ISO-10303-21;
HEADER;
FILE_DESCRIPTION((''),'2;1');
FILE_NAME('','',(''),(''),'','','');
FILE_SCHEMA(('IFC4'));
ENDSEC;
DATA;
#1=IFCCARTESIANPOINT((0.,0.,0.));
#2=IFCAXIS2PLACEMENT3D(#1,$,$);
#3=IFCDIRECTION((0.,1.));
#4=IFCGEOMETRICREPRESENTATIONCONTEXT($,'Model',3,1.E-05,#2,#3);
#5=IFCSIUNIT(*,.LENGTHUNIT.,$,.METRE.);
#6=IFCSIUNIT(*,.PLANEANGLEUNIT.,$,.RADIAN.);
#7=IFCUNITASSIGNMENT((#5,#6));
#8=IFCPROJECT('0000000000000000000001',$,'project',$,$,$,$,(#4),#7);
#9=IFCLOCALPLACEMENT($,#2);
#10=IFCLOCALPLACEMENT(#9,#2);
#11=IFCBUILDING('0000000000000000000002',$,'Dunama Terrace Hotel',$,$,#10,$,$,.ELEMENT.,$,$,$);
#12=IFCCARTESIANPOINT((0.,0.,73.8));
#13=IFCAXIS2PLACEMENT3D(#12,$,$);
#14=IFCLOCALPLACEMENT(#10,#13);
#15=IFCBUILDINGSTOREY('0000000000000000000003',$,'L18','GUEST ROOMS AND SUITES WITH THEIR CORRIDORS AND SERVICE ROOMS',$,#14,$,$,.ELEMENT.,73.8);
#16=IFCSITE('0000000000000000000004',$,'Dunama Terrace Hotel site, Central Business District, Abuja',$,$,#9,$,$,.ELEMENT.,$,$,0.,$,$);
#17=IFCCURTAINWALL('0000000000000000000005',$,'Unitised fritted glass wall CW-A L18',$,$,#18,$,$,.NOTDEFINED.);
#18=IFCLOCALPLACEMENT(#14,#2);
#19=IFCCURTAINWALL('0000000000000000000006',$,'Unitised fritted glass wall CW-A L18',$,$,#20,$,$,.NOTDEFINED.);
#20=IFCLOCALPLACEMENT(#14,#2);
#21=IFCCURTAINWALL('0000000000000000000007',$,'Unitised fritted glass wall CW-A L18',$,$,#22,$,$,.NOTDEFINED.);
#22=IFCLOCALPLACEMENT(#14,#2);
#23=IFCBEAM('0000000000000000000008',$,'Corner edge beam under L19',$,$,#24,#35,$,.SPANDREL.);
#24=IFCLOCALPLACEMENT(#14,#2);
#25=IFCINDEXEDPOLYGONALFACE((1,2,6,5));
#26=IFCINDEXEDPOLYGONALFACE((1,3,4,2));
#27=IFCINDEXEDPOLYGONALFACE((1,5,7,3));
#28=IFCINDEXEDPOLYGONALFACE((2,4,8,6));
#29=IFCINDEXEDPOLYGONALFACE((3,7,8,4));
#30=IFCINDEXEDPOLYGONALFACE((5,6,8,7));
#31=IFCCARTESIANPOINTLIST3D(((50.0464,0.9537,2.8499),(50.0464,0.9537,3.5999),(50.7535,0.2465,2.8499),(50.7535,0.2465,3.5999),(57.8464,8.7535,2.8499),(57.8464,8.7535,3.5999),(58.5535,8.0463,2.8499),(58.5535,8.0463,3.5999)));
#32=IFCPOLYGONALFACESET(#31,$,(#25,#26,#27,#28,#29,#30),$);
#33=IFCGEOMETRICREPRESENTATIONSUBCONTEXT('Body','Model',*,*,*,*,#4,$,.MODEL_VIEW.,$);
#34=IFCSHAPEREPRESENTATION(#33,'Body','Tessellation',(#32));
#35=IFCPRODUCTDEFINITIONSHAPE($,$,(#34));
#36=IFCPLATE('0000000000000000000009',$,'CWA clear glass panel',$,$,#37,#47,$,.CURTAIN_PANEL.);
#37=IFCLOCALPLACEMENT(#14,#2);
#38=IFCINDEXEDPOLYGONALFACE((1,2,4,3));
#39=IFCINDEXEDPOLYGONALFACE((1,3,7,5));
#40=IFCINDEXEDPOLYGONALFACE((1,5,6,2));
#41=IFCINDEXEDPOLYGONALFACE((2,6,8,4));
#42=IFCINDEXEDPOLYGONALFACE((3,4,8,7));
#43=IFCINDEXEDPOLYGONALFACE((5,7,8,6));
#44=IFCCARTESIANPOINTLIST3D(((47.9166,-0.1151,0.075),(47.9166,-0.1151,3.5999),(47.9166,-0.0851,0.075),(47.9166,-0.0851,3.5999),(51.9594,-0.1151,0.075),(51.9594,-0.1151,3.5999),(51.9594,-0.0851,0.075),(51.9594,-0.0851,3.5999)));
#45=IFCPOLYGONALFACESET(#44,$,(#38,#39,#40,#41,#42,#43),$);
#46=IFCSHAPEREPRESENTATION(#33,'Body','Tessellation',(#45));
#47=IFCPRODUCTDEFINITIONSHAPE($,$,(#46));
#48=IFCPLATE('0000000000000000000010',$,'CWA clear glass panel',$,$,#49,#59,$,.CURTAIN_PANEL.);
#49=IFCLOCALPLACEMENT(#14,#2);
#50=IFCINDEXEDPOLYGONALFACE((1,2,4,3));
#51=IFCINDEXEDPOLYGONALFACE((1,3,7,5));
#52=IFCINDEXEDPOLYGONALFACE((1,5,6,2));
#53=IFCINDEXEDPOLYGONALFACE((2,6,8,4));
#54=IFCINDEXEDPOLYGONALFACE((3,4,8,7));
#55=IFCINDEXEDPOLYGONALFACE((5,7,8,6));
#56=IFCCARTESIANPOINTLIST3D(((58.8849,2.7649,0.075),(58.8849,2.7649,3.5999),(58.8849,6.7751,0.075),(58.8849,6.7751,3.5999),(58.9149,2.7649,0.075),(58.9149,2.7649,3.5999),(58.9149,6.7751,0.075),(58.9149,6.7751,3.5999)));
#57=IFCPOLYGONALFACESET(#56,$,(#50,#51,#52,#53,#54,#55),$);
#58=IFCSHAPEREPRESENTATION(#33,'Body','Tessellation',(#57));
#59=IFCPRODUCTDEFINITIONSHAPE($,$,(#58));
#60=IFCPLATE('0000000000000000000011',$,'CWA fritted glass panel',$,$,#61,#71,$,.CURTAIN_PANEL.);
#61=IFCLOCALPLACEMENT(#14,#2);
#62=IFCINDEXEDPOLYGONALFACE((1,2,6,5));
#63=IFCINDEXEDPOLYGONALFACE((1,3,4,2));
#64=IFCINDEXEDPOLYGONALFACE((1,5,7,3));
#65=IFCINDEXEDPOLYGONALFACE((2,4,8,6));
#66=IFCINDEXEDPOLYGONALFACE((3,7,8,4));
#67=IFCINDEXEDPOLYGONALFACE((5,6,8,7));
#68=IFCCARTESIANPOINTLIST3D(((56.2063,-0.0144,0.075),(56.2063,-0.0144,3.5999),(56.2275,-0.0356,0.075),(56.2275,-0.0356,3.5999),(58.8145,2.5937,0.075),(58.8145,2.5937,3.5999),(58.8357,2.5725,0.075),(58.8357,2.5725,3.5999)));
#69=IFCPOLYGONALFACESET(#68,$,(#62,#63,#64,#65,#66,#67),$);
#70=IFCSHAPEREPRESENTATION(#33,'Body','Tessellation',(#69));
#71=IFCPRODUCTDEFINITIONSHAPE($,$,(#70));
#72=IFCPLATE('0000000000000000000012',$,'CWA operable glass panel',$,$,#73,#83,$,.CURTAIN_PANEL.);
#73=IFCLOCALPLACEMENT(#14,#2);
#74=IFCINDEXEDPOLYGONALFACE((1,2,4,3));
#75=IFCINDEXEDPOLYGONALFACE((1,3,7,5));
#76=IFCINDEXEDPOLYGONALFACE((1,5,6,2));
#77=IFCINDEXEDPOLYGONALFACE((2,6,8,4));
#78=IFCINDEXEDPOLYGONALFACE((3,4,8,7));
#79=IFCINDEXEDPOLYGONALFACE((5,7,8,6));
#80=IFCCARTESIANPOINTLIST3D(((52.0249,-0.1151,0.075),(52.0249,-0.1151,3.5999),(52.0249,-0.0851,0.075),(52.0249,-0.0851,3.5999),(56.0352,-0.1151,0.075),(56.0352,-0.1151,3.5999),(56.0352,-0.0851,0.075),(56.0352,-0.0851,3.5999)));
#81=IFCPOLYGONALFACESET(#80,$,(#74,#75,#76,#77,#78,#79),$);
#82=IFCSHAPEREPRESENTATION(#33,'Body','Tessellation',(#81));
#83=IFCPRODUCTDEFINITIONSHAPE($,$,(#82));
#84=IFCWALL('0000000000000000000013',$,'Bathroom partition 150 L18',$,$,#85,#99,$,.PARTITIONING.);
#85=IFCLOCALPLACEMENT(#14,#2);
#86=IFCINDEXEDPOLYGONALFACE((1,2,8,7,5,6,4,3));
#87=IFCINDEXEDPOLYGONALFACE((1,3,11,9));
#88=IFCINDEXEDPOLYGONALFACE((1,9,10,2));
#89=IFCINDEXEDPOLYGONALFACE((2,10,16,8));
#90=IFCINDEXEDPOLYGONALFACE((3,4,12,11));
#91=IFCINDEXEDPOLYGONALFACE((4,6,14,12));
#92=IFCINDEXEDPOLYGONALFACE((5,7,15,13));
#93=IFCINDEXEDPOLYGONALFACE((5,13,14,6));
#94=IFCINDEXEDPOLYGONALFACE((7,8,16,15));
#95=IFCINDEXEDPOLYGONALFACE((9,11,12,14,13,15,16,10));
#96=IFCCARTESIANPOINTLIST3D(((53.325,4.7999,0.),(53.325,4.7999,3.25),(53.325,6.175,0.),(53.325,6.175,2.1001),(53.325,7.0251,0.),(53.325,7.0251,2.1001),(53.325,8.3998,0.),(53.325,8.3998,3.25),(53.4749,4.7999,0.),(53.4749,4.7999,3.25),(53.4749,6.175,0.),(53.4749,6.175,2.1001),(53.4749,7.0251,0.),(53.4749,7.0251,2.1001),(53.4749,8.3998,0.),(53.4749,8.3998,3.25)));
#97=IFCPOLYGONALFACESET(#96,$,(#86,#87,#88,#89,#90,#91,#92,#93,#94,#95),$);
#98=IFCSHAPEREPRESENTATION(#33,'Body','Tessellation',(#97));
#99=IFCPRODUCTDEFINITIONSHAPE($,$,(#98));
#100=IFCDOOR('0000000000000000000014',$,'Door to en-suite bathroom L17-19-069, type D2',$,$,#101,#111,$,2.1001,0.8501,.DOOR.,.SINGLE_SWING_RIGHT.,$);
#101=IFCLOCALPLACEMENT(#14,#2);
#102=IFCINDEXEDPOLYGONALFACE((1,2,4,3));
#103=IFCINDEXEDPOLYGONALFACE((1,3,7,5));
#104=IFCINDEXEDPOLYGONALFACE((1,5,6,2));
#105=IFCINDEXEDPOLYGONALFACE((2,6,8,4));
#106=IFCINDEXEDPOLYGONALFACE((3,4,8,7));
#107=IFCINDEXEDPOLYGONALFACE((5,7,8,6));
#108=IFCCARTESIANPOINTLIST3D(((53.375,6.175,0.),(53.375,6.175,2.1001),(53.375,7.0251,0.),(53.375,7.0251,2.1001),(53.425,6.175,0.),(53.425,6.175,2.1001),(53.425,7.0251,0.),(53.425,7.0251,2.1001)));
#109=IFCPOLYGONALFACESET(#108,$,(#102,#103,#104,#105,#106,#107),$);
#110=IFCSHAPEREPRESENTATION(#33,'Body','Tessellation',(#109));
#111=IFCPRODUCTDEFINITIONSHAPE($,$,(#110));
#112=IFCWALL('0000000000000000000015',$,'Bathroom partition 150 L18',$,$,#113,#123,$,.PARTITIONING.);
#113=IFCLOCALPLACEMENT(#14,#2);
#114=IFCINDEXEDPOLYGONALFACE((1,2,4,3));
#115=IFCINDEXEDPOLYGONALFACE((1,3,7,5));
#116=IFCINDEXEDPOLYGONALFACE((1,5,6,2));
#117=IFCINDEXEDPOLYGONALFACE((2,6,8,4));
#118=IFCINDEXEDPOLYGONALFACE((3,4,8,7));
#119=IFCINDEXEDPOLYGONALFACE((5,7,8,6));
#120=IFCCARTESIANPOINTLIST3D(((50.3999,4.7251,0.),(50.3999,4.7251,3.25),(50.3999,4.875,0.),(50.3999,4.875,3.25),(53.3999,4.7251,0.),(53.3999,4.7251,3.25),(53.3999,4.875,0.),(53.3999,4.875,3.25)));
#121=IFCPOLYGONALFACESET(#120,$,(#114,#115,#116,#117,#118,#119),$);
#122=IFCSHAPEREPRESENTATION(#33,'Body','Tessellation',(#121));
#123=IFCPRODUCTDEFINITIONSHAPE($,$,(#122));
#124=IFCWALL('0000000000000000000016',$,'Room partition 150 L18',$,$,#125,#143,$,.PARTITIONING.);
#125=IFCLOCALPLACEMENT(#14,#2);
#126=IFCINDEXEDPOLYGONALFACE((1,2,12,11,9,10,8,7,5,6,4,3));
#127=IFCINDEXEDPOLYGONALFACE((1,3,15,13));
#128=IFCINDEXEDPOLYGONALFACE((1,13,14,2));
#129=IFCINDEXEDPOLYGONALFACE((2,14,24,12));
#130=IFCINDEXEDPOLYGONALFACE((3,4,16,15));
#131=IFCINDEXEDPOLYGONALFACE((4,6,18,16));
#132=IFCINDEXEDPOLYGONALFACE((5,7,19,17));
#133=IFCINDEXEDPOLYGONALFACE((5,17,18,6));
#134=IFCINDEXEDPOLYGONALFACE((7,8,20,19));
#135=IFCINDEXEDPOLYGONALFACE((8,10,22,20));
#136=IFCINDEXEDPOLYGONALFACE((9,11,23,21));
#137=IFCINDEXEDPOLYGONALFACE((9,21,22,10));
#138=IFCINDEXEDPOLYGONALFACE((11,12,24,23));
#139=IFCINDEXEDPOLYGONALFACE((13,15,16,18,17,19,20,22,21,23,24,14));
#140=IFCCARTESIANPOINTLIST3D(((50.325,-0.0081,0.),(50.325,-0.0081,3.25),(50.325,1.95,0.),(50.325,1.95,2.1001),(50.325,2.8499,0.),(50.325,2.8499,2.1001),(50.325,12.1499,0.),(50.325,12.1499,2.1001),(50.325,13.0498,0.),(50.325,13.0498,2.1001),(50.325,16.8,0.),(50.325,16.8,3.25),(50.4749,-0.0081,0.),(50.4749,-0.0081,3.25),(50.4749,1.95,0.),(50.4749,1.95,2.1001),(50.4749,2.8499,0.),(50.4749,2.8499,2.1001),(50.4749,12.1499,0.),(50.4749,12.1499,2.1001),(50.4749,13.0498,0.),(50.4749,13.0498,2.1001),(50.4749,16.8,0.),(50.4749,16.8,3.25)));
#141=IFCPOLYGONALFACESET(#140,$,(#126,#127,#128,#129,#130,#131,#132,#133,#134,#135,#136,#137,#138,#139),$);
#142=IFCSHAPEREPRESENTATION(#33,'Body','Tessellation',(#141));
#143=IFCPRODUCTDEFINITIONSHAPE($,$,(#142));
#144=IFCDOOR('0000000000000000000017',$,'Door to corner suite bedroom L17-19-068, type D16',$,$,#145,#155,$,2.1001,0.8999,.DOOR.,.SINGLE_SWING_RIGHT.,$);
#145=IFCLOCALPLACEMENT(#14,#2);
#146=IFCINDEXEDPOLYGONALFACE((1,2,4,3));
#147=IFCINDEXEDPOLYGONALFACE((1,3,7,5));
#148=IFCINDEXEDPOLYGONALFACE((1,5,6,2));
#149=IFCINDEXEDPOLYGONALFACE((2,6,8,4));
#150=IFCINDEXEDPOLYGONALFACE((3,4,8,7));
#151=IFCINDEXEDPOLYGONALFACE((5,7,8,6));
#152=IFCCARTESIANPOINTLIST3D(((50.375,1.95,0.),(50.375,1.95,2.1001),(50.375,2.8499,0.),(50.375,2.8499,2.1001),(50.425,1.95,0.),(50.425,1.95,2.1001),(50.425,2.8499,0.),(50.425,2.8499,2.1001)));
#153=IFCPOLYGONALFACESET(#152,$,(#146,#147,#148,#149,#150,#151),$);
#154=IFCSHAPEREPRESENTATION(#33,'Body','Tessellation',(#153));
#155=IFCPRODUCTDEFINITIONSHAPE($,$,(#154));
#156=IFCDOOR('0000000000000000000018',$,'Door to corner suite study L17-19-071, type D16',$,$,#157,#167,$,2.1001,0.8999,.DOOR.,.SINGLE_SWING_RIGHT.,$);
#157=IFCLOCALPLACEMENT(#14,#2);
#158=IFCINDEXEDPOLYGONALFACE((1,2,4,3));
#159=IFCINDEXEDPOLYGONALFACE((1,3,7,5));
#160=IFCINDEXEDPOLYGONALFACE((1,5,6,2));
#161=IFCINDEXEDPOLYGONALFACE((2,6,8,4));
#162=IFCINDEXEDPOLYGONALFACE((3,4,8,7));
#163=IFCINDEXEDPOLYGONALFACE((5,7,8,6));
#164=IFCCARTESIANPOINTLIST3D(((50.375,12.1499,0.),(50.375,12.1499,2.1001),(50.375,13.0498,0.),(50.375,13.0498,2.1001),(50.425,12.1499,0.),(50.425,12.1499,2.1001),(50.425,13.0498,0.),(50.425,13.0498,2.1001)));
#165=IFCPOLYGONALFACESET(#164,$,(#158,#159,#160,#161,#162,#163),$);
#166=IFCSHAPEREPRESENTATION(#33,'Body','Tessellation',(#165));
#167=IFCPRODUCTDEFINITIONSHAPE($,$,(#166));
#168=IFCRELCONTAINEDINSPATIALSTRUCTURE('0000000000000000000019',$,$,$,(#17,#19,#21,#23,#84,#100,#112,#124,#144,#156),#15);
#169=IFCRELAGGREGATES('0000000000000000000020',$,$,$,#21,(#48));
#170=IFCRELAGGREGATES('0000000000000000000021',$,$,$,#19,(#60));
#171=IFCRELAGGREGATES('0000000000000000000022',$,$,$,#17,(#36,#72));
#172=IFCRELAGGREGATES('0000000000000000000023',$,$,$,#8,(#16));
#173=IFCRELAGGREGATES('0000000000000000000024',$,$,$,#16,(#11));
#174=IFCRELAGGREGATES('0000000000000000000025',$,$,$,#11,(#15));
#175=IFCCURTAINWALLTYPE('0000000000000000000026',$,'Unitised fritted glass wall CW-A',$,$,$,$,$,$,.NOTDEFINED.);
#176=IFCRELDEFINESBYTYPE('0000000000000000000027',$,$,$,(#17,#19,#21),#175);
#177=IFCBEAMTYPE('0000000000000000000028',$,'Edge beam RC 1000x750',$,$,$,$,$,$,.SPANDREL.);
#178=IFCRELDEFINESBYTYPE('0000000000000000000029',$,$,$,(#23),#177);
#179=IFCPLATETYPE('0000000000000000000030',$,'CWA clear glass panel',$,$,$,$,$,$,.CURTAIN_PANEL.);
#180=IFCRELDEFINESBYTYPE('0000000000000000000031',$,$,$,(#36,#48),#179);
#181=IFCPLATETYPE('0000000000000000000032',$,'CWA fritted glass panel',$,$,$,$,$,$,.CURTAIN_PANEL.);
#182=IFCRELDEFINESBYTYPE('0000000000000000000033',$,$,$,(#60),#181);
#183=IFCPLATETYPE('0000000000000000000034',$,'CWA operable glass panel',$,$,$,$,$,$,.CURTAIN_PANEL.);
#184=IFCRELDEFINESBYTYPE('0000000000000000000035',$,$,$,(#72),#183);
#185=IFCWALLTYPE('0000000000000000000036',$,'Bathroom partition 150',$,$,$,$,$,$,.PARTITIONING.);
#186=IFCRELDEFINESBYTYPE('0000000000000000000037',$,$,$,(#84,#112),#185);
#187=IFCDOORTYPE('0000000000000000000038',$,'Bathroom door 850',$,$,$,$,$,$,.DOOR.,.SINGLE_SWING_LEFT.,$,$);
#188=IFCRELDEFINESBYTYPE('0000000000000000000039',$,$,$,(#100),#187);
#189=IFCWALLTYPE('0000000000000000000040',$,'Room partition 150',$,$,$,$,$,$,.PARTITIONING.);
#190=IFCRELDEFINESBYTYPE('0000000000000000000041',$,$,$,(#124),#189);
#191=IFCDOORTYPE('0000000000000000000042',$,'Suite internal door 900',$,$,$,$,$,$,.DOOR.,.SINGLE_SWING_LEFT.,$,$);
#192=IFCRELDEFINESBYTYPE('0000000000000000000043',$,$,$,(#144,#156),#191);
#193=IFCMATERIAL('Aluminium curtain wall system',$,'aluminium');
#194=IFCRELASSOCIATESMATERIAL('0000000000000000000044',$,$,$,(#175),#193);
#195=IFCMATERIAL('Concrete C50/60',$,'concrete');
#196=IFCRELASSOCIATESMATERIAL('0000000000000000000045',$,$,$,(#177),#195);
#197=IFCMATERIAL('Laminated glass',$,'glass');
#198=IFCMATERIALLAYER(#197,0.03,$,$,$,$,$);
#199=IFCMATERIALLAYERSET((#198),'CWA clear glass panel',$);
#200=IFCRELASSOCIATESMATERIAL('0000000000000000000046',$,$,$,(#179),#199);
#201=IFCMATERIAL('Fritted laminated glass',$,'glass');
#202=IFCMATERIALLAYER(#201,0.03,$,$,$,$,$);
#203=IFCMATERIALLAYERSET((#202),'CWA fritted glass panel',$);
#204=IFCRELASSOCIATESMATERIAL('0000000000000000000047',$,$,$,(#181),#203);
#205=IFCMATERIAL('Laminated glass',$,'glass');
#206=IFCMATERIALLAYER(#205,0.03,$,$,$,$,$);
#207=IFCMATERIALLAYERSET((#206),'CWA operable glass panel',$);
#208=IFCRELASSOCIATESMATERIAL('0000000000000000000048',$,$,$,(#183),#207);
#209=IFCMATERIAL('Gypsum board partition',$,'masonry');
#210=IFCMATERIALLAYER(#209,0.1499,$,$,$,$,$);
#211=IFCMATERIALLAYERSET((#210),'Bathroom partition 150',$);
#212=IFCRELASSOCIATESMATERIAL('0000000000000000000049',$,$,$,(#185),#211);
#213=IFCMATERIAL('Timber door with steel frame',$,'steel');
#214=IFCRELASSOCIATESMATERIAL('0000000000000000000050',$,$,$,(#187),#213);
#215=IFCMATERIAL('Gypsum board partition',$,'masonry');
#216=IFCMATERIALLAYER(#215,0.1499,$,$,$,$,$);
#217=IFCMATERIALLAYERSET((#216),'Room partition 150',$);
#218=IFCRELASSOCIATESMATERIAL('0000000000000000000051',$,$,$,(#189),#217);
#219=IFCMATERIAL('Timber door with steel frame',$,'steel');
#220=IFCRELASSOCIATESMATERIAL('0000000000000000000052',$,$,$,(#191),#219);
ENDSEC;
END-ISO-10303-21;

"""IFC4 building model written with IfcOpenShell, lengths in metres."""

from ifc_helpers import new_model, si_unit, direction, frame, frame_2d, origin, origin_2d, place, context, subcontext, project, spatial, rectangle, extrude, material, layer, layer_set, material_profile, profile_set, type_object, element, fill, aggregate, save


model = new_model("IFC4")

# Units and contexts
model_context = context("Model", 3, precision=1e-05, world=origin(), true_north=direction((0.0, 1.0)))
body_context = subcontext(model_context, "Body", "Model", "MODEL_VIEW")
ifc_project = project(units=[si_unit("LENGTHUNIT", "METRE"), si_unit("PLANEANGLEUNIT", "RADIAN")], contexts=[model_context])

# Site, building, storey
site_placement = place(None, origin())
site = spatial("IfcSite", under=ifc_project, at=site_placement, Name="Dunama Terrace Hotel site, Central Business District, Abuja", CompositionType="ELEMENT", RefElevation=0.0)
building_placement = place(site_placement, origin())
building = spatial("IfcBuilding", under=site, at=building_placement, Name="Dunama Terrace Hotel", CompositionType="ELEMENT")
storey_placement = place(building_placement, frame((0.0, 0.0, 73.8)))
storey = spatial("IfcBuildingStorey", under=building, at=storey_placement, Name="L18", Description="GUEST ROOMS AND SUITES WITH THEIR CORRIDORS AND SERVICE ROOMS", CompositionType="ELEMENT", Elevation=73.8)

# Curtain walls
ifc_material_1 = material(Name="Aluminium curtain wall system", Category="aluminium")
curtain_wall_type = type_object("IfcCurtainWallType", Name="Unitised fritted glass wall CW-A", PredefinedType="NOTDEFINED", material=ifc_material_1)
curtain_wall_1_placement = place(storey_placement, origin())
curtain_wall_1 = element("IfcCurtainWall", 1, at=curtain_wall_1_placement, inside=storey, type_object=curtain_wall_type, Name="Unitised fritted glass wall CW-A L18", PredefinedType="NOTDEFINED")
curtain_wall_2_placement = place(storey_placement, origin())
curtain_wall_2 = element("IfcCurtainWall", 2, at=curtain_wall_2_placement, inside=storey, type_object=curtain_wall_type, Name="Unitised fritted glass wall CW-A L18", PredefinedType="NOTDEFINED")
curtain_wall_3_placement = place(storey_placement, origin())
curtain_wall_3 = element("IfcCurtainWall", 3, at=curtain_wall_3_placement, inside=storey, type_object=curtain_wall_type, Name="Unitised fritted glass wall CW-A L18", PredefinedType="NOTDEFINED")

# Beam
ifc_material_2 = material(Name="Concrete C50/60", Category="concrete")
ifc_material_profile_1 = material_profile(ifc_material_2, rectangle(XDim=1.0, YDim=0.75, at=origin_2d()), Name="RC 1000x750")
ifc_profile_set_1 = profile_set([ifc_material_profile_1], Name="Concrete C50/60")
beam_type = type_object("IfcBeamType", Name="Edge beam RC 1000x750", PredefinedType="SPANDREL", material=ifc_profile_set_1)
beam_placement = place(storey_placement, frame((50.3999, 0.6001, 3.2249), z_axis=(0.707118, 0.707096, 0.0), x_axis=(-0.707096, 0.707118, 0.0)))
element("IfcBeam", 4, at=beam_placement, inside=storey, type_object=beam_type, Name="Corner edge beam under L19", PredefinedType="SPANDREL", context=body_context, shape_type="SweptSolid", body=[
    extrude(rectangle(XDim=1.0, YDim=0.75, at=origin_2d()), origin(), (0.0, 0.0, 1.0), 11.0308),
])

# Plates
ifc_material_3 = material(Name="Laminated glass", Category="glass")
ifc_layer_1 = layer(ifc_material_3, 0.03)
ifc_layer_set_1 = layer_set([ifc_layer_1], Name="CWA clear glass panel")
plate_type_1 = type_object("IfcPlateType", Name="CWA clear glass panel", PredefinedType="CURTAIN_PANEL", material=ifc_layer_set_1)
plate_1_placement = place(storey_placement, frame((49.938, -0.1001, 0.075), z_axis=(0.0, 0.0, 1.0), x_axis=(1.0, 0.0, 0.0)))
plate_1 = element("IfcPlate", 5, at=plate_1_placement, type_object=plate_type_1, Name="CWA clear glass panel", PredefinedType="CURTAIN_PANEL", context=body_context, shape_type="SweptSolid", body=[
    extrude(rectangle(XDim=4.0427, YDim=0.03, at=origin_2d()), origin(), (0.0, 0.0, 1.0), 3.5249),
])
plate_2_placement = place(storey_placement, frame((58.8999, 4.77, 0.075), z_axis=(0.0, 0.0, 1.0), x_axis=(0.0, 1.0, 0.0)))
plate_2 = element("IfcPlate", 6, at=plate_2_placement, type_object=plate_type_1, Name="CWA clear glass panel", PredefinedType="CURTAIN_PANEL", context=body_context, shape_type="SweptSolid", body=[
    extrude(rectangle(XDim=4.0103, YDim=0.03, at=origin_2d()), origin(), (0.0, 0.0, 1.0), 3.5249),
])
aggregate(curtain_wall_3, [plate_2])
ifc_material_4 = material(Name="Fritted laminated glass", Category="glass")
ifc_layer_2 = layer(ifc_material_4, 0.03)
ifc_layer_set_2 = layer_set([ifc_layer_2], Name="CWA fritted glass panel")
plate_type_2 = type_object("IfcPlateType", Name="CWA fritted glass panel", PredefinedType="CURTAIN_PANEL", material=ifc_layer_set_2)
plate_3_placement = place(storey_placement, frame((57.521, 1.2791, 0.075), z_axis=(0.0, 0.0, 1.0), x_axis=(0.707107, 0.707107, 0.0)))
plate_3 = element("IfcPlate", 7, at=plate_3_placement, type_object=plate_type_2, Name="CWA fritted glass panel", PredefinedType="CURTAIN_PANEL", context=body_context, shape_type="SweptSolid", body=[
    extrude(rectangle(XDim=3.6885, YDim=0.03, at=origin_2d()), origin(), (0.0, 0.0, 1.0), 3.5249),
])
aggregate(curtain_wall_2, [plate_3])
ifc_material_5 = material(Name="Laminated glass", Category="glass")
ifc_layer_3 = layer(ifc_material_5, 0.03)
ifc_layer_set_3 = layer_set([ifc_layer_3], Name="CWA operable glass panel")
plate_type_3 = type_object("IfcPlateType", Name="CWA operable glass panel", PredefinedType="CURTAIN_PANEL", material=ifc_layer_set_3)
plate_4_placement = place(storey_placement, frame((54.03, -0.1001, 0.075), z_axis=(0.0, 0.0, 1.0), x_axis=(1.0, 0.0, 0.0)))
plate_4 = element("IfcPlate", 8, at=plate_4_placement, type_object=plate_type_3, Name="CWA operable glass panel", PredefinedType="CURTAIN_PANEL", context=body_context, shape_type="SweptSolid", body=[
    extrude(rectangle(XDim=4.0103, YDim=0.03, at=origin_2d()), origin(), (0.0, 0.0, 1.0), 3.5249),
])
aggregate(curtain_wall_1, [plate_1, plate_4])

# Wall, opening, door
ifc_material_6 = material(Name="Gypsum board partition", Category="masonry")
ifc_layer_4 = layer(ifc_material_6, 0.1499)
ifc_layer_set_4 = layer_set([ifc_layer_4], Name="Bathroom partition 150")
wall_type_1 = type_object("IfcWallType", Name="Bathroom partition 150", PredefinedType="PARTITIONING", material=ifc_layer_set_4)
wall_1_placement = place(storey_placement, frame((53.3999, 4.8, 0.0), z_axis=(0.0, 0.0, 1.0), x_axis=(0.0, 1.0, 0.0)))
wall_1 = element("IfcWall", 9, at=wall_1_placement, inside=storey, type_object=wall_type_1, Name="Bathroom partition 150 L18", PredefinedType="PARTITIONING", context=body_context, shape_type="SweptSolid", body=[
    extrude(rectangle(XDim=3.5999, YDim=0.1499, at=frame_2d((1.7998, 0.0))), origin(), (0.0, 0.0, 1.0), 3.25),
])
opening_1_placement = place(wall_1_placement, frame((1.375, 0.0, 0.0)))
opening_1 = element("IfcOpeningElement", 10, at=opening_1_placement, cuts=wall_1, PredefinedType="OPENING", context=body_context, shape_type="SweptSolid", body=[
    extrude(rectangle(XDim=0.8501, YDim=2.1001, at=frame_2d((0.425, 1.05))), frame((0.0, 0.085, 0.0), z_axis=(0.0, -1.0, 0.0), x_axis=(1.0, 0.0, 0.0)), (0.0, 0.0, 1.0), 0.1699),
])
ifc_material_7 = material(Name="Timber door with steel frame", Category="steel")
door_type_1 = type_object("IfcDoorType", Name="Bathroom door 850", OperationType="SINGLE_SWING_LEFT", PredefinedType="DOOR", material=ifc_material_7)
door_1_placement = place(opening_1_placement, origin())
door_1 = element("IfcDoor", 11, at=door_1_placement, inside=storey, type_object=door_type_1, Name="Door to en-suite bathroom L17-19-069, type D2", OperationType="SINGLE_SWING_RIGHT", OverallHeight=2.1001, OverallWidth=0.8501, PredefinedType="DOOR", context=body_context, shape_type="SweptSolid", body=[
    extrude(rectangle(XDim=0.8501, YDim=2.1001, at=frame_2d((0.425, 1.05))), frame((0.0, 0.0249, 0.0), z_axis=(0.0, -1.0, 0.0), x_axis=(1.0, 0.0, 0.0)), (0.0, 0.0, 1.0), 0.05),
])
fill(opening_1, door_1)

# Wall
wall_2_placement = place(storey_placement, frame((50.3999, 4.8, 0.0), z_axis=(0.0, 0.0, 1.0), x_axis=(1.0, 0.0, 0.0)))
element("IfcWall", 12, at=wall_2_placement, inside=storey, type_object=wall_type_1, Name="Bathroom partition 150 L18", PredefinedType="PARTITIONING", context=body_context, shape_type="SweptSolid", body=[
    extrude(rectangle(XDim=3.0, YDim=0.1499, at=frame_2d((1.5, 0.0))), origin(), (0.0, 0.0, 1.0), 3.25),
])

# Wall, openings, doors
ifc_material_8 = material(Name="Gypsum board partition", Category="masonry")
ifc_layer_5 = layer(ifc_material_8, 0.1499)
ifc_layer_set_5 = layer_set([ifc_layer_5], Name="Room partition 150")
wall_type_2 = type_object("IfcWallType", Name="Room partition 150", PredefinedType="PARTITIONING", material=ifc_layer_set_5)
wall_3_placement = place(storey_placement, frame((50.3999, -0.0081, 0.0), z_axis=(0.0, 0.0, 1.0), x_axis=(0.0, 1.0, 0.0)))
wall_3 = element("IfcWall", 13, at=wall_3_placement, inside=storey, type_object=wall_type_2, Name="Room partition 150 L18", PredefinedType="PARTITIONING", context=body_context, shape_type="SweptSolid", body=[
    extrude(rectangle(XDim=16.8081, YDim=0.1499, at=frame_2d((8.4041, 0.0))), origin(), (0.0, 0.0, 1.0), 3.25),
])
opening_2_placement = place(wall_3_placement, frame((1.958, 0.0, 0.0)))
opening_2 = element("IfcOpeningElement", 14, at=opening_2_placement, cuts=wall_3, PredefinedType="OPENING", context=body_context, shape_type="SweptSolid", body=[
    extrude(rectangle(XDim=0.8999, YDim=2.1001, at=frame_2d((0.45, 1.05))), frame((0.0, 0.085, 0.0), z_axis=(0.0, -1.0, 0.0), x_axis=(1.0, 0.0, 0.0)), (0.0, 0.0, 1.0), 0.1699),
])
opening_3_placement = place(wall_3_placement, frame((12.158, 0.0, 0.0)))
opening_3 = element("IfcOpeningElement", 15, at=opening_3_placement, cuts=wall_3, PredefinedType="OPENING", context=body_context, shape_type="SweptSolid", body=[
    extrude(rectangle(XDim=0.8999, YDim=2.1001, at=frame_2d((0.45, 1.05))), frame((0.0, 0.085, 0.0), z_axis=(0.0, -1.0, 0.0), x_axis=(1.0, 0.0, 0.0)), (0.0, 0.0, 1.0), 0.1699),
])
ifc_material_9 = material(Name="Timber door with steel frame", Category="steel")
door_type_2 = type_object("IfcDoorType", Name="Suite internal door 900", OperationType="SINGLE_SWING_LEFT", PredefinedType="DOOR", material=ifc_material_9)
door_2_placement = place(opening_2_placement, frame((0.8999, 0.0, 0.0), z_axis=(0.0, 0.0, 1.0), x_axis=(-1.0, 0.0, 0.0)))
door_2 = element("IfcDoor", 16, at=door_2_placement, inside=storey, type_object=door_type_2, Name="Door to corner suite bedroom L17-19-068, type D16", OperationType="SINGLE_SWING_RIGHT", OverallHeight=2.1001, OverallWidth=0.8999, PredefinedType="DOOR", context=body_context, shape_type="SweptSolid", body=[
    extrude(rectangle(XDim=0.8999, YDim=2.1001, at=frame_2d((0.45, 1.05))), frame((0.0, 0.0251, 0.0), z_axis=(0.0, -1.0, 0.0), x_axis=(1.0, 0.0, 0.0)), (0.0, 0.0, 1.0), 0.05),
])
fill(opening_2, door_2)
door_3_placement = place(opening_3_placement, frame((0.8999, 0.0, 0.0), z_axis=(0.0, 0.0, 1.0), x_axis=(-1.0, 0.0, 0.0)))
door_3 = element("IfcDoor", 17, at=door_3_placement, inside=storey, type_object=door_type_2, Name="Door to corner suite study L17-19-071, type D16", OperationType="SINGLE_SWING_RIGHT", OverallHeight=2.1001, OverallWidth=0.8999, PredefinedType="DOOR", context=body_context, shape_type="SweptSolid", body=[
    extrude(rectangle(XDim=0.8999, YDim=2.1001, at=frame_2d((0.45, 1.05))), frame((0.0, 0.0251, 0.0), z_axis=(0.0, -1.0, 0.0), x_axis=(1.0, 0.0, 0.0)), (0.0, 0.0, 1.0), 0.05),
])
fill(opening_3, door_3)

save(model, "model.ifc")
